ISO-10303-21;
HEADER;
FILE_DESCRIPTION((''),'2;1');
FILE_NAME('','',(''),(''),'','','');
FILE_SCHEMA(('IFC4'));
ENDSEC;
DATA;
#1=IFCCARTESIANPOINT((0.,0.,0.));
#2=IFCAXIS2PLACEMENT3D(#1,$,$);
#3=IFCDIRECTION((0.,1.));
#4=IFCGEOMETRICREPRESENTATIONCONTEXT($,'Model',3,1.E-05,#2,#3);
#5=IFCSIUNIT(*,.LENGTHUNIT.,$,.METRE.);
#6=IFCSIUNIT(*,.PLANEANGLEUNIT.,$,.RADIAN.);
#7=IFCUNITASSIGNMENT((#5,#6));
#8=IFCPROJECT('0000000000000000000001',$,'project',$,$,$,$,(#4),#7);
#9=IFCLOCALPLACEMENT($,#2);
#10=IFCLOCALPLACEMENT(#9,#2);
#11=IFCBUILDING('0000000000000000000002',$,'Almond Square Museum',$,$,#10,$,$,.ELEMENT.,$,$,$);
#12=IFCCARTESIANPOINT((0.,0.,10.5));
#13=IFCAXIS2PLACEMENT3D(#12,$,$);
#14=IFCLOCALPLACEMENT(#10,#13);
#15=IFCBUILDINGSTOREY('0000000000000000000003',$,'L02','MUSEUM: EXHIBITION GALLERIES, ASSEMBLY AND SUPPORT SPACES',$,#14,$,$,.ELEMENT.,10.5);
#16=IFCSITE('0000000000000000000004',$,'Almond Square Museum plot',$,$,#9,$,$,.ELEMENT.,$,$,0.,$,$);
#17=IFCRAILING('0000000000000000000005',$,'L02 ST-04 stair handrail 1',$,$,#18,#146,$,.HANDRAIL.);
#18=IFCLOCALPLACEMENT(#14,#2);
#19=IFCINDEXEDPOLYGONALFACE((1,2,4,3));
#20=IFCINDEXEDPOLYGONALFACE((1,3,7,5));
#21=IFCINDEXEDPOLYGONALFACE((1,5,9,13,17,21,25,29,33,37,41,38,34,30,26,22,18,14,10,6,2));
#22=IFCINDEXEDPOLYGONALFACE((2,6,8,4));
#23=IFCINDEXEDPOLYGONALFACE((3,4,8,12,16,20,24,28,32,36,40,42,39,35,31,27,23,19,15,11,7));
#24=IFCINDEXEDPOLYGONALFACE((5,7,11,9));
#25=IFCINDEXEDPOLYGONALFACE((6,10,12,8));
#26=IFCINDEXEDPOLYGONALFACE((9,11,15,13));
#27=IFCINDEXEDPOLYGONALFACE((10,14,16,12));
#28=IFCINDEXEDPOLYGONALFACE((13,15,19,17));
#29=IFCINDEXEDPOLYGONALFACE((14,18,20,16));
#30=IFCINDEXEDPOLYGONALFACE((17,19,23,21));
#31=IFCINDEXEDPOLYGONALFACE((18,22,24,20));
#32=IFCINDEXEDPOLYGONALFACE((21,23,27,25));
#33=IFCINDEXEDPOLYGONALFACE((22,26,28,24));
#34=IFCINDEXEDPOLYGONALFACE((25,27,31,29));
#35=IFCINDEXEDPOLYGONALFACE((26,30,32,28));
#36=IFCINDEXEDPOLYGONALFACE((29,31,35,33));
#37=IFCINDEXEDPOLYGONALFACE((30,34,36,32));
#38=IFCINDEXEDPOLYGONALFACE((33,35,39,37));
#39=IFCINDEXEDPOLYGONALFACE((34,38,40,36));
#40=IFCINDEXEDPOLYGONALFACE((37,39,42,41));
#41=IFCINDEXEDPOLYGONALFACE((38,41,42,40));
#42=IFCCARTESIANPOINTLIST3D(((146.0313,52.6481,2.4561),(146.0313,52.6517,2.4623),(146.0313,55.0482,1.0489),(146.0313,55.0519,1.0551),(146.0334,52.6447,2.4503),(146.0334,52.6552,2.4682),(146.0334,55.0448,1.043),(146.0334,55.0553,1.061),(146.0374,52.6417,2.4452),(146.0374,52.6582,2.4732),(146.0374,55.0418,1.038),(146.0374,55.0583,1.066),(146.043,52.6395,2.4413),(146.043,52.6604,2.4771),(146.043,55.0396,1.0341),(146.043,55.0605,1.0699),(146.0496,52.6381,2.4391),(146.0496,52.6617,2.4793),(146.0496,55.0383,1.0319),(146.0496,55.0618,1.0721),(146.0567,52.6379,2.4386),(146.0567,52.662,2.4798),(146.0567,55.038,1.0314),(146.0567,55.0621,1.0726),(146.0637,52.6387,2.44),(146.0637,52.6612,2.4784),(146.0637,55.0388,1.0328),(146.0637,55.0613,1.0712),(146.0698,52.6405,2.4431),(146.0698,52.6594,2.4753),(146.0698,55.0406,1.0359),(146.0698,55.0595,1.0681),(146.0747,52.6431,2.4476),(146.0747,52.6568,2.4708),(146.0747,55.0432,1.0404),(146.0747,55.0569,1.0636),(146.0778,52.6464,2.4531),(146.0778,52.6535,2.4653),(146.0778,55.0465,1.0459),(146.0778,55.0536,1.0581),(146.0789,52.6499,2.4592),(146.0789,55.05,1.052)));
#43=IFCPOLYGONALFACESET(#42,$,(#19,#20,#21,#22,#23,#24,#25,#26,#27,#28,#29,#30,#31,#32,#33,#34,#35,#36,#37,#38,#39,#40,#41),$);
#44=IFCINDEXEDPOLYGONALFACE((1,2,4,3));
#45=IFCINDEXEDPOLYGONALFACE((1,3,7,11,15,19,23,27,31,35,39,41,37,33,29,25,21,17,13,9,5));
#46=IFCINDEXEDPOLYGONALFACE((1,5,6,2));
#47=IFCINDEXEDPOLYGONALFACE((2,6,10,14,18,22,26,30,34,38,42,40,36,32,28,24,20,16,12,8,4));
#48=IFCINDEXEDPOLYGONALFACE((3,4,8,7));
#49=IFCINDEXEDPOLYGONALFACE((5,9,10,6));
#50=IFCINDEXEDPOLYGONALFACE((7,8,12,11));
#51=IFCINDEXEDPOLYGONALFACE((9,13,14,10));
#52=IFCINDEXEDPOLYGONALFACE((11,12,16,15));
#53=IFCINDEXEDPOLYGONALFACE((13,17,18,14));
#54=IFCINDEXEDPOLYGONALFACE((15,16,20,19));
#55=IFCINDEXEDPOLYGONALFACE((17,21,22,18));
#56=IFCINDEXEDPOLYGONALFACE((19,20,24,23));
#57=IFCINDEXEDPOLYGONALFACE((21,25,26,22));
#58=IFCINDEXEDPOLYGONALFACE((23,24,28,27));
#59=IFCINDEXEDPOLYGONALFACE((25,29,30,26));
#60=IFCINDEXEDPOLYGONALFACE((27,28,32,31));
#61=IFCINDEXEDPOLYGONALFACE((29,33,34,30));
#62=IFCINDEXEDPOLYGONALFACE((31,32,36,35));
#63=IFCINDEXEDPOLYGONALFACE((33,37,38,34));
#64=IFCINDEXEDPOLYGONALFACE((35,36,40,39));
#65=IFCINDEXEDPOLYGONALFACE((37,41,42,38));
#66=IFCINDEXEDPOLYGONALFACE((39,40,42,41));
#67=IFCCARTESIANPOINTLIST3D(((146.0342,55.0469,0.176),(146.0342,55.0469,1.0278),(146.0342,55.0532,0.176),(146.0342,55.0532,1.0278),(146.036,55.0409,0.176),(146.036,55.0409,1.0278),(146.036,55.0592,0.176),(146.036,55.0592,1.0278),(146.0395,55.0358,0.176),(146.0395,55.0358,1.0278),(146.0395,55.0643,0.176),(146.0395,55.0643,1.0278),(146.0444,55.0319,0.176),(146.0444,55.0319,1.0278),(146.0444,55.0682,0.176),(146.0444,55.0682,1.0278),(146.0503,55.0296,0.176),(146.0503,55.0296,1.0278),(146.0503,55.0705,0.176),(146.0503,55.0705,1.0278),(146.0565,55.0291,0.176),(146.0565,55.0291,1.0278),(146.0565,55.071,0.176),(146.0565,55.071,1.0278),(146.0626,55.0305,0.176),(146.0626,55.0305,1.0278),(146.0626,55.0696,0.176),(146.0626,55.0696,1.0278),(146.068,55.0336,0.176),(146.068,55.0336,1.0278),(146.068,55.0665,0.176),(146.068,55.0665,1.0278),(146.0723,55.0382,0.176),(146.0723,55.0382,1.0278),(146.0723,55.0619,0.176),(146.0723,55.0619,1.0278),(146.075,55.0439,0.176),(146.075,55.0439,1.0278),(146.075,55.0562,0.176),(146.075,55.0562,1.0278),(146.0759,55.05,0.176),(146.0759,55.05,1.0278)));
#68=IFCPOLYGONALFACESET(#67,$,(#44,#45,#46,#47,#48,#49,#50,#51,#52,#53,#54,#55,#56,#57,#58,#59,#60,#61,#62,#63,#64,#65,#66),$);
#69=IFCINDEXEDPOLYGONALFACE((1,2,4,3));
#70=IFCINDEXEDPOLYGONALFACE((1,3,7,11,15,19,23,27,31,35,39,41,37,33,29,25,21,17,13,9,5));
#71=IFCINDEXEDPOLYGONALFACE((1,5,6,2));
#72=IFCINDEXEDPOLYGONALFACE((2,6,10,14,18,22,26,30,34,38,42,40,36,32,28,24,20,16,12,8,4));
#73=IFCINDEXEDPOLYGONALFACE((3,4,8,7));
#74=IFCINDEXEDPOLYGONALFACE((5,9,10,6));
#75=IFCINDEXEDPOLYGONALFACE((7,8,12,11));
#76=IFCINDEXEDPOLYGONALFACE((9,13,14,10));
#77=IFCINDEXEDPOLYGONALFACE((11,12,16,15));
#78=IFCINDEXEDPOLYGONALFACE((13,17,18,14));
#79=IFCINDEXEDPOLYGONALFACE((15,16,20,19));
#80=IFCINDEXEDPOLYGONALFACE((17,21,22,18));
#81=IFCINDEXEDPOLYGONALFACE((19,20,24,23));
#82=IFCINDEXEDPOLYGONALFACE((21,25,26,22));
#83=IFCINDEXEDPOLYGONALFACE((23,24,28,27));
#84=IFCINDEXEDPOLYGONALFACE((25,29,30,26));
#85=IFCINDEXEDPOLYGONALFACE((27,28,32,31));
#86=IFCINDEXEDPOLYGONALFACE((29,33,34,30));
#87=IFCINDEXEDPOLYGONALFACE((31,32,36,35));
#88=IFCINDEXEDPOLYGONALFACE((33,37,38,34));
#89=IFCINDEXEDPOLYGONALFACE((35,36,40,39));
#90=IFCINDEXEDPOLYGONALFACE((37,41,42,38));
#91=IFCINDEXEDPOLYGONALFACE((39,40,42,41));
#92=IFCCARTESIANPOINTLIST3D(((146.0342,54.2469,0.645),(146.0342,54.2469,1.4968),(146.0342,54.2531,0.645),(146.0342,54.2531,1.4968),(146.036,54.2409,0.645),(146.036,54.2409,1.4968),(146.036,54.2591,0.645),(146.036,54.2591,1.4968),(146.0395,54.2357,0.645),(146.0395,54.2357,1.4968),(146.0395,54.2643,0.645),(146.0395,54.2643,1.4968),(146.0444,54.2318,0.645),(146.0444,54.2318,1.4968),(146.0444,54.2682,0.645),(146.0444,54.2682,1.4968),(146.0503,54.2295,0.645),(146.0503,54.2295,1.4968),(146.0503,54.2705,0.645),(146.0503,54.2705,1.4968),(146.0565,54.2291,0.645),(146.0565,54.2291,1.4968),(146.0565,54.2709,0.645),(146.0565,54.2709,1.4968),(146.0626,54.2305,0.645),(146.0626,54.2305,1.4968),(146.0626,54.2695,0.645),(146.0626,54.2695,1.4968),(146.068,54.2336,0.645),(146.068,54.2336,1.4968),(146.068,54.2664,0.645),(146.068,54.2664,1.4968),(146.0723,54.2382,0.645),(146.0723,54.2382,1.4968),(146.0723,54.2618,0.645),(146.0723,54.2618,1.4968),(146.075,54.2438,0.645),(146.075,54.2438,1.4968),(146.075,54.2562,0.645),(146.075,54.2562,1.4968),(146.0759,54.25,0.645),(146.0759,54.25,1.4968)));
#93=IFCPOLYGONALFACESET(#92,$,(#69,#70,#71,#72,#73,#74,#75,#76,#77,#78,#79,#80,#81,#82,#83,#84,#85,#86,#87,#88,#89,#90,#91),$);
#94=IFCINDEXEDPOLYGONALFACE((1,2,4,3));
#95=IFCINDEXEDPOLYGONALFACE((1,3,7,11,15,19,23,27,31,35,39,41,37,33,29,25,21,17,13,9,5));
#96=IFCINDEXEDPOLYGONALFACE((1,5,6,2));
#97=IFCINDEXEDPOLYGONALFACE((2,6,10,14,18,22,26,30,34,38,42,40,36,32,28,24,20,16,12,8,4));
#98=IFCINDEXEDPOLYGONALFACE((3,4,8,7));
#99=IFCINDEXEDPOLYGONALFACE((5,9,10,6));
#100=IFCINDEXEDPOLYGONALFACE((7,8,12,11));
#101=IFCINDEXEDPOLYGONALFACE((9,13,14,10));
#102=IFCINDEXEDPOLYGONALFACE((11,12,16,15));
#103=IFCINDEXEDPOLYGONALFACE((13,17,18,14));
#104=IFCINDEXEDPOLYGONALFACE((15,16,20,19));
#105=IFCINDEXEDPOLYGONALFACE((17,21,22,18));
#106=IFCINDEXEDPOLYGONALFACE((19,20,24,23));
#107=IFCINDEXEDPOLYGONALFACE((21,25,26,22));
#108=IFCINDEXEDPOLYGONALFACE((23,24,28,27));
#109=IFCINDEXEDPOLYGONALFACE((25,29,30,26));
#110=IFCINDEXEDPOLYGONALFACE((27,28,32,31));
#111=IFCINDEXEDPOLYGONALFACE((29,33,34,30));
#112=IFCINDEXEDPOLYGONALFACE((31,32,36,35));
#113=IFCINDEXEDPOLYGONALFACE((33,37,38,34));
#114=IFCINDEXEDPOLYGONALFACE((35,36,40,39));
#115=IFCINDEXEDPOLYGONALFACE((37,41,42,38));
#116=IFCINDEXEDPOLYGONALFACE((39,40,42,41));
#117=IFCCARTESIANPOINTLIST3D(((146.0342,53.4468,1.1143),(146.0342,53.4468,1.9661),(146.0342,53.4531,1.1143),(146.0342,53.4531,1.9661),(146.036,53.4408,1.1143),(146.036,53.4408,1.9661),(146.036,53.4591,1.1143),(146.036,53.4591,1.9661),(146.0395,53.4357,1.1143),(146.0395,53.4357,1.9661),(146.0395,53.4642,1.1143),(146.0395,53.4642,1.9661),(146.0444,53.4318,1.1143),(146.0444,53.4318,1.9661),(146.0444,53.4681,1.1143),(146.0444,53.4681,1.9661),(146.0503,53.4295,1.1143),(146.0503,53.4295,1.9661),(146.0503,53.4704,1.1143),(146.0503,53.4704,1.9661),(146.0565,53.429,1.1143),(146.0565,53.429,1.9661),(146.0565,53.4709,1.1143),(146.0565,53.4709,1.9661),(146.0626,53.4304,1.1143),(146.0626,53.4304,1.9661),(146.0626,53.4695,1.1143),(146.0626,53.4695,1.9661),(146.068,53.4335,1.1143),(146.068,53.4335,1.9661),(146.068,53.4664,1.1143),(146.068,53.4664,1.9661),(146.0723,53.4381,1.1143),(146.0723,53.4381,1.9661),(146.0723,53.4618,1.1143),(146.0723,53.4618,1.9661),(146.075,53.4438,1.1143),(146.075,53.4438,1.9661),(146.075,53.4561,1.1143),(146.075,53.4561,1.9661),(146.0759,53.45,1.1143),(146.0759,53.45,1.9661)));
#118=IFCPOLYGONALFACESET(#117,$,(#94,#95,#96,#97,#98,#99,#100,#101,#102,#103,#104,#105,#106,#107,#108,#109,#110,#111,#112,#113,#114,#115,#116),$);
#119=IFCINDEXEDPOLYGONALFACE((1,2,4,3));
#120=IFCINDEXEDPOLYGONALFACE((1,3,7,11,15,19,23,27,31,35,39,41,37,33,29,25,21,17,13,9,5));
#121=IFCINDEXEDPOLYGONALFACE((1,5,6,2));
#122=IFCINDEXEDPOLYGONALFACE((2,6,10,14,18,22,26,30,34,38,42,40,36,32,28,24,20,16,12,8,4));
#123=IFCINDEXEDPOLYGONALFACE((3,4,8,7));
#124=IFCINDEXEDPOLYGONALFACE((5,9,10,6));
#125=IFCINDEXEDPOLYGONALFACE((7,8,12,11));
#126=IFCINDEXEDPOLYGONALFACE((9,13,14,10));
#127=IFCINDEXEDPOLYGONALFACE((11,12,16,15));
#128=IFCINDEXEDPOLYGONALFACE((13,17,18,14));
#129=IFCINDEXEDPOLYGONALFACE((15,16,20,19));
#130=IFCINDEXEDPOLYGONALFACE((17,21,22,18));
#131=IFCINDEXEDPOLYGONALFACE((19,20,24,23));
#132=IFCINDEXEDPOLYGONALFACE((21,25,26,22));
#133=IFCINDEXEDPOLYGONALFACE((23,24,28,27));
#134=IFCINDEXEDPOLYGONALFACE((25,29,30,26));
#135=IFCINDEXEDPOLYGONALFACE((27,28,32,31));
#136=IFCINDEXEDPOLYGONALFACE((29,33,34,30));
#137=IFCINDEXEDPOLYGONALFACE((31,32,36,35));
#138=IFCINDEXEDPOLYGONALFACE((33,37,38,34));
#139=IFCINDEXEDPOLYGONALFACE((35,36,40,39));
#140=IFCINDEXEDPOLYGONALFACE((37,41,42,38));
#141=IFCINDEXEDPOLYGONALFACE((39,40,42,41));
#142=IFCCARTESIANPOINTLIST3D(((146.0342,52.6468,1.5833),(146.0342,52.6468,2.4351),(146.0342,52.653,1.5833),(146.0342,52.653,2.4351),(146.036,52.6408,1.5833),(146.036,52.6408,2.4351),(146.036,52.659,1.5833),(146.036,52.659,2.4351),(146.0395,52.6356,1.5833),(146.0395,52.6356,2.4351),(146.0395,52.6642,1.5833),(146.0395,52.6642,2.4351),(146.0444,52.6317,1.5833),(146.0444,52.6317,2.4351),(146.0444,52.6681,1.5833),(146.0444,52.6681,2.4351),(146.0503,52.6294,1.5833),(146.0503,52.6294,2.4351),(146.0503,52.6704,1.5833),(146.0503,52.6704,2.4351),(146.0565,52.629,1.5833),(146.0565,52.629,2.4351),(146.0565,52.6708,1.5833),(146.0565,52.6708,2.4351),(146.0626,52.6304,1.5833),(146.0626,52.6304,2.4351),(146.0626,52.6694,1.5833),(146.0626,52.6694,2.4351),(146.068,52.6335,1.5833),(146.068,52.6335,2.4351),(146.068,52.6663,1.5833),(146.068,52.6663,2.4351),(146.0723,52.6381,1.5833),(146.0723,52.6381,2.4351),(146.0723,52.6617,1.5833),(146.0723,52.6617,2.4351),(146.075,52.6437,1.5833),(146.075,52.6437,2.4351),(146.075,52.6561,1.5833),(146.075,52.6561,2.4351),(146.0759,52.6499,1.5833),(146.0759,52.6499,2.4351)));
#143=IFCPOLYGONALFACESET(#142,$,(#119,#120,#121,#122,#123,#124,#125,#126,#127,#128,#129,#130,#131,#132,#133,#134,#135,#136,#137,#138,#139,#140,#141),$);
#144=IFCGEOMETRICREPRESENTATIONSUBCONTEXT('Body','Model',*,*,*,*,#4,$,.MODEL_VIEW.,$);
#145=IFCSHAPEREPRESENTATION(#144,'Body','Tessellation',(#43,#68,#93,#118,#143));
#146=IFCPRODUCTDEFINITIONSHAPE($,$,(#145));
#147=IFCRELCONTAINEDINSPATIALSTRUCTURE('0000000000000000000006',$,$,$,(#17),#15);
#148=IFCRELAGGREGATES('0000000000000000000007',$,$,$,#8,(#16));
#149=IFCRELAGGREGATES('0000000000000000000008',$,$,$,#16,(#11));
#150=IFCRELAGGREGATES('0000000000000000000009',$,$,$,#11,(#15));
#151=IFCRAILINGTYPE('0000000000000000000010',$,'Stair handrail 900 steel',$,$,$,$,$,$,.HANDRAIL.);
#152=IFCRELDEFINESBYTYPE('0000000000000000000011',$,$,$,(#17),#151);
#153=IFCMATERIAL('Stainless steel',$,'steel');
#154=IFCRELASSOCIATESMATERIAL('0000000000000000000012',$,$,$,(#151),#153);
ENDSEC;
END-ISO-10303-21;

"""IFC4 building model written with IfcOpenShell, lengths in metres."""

from ifc_helpers import new_model, si_unit, direction, frame, origin, origin_2d, place, context, subcontext, project, spatial, circle, extrude, material, type_object, element, save


model = new_model("IFC4")

# Units and contexts
model_context = context("Model", 3, precision=1e-05, world=origin(), true_north=direction((0.0, 1.0)))
body_context = subcontext(model_context, "Body", "Model", "MODEL_VIEW")
ifc_project = project(units=[si_unit("LENGTHUNIT", "METRE"), si_unit("PLANEANGLEUNIT", "RADIAN")], contexts=[model_context])

# Site, building, storey
site_placement = place(None, origin())
site = spatial("IfcSite", under=ifc_project, at=site_placement, Name="Almond Square Museum plot", CompositionType="ELEMENT", RefElevation=0.0)
building_placement = place(site_placement, origin())
building = spatial("IfcBuilding", under=site, at=building_placement, Name="Almond Square Museum", CompositionType="ELEMENT")
storey_placement = place(building_placement, frame((0.0, 0.0, 10.5)))
storey = spatial("IfcBuildingStorey", under=building, at=storey_placement, Name="L02", Description="MUSEUM: EXHIBITION GALLERIES, ASSEMBLY AND SUPPORT SPACES", CompositionType="ELEMENT", Elevation=10.5)

# Railing
ifc_material_1 = material(Name="Stainless steel", Category="steel")
railing_type_1 = type_object("IfcRailingType", Name="Stair handrail 900 steel", PredefinedType="HANDRAIL", material=ifc_material_1)
railing_1_placement = place(storey_placement, frame((146.0549, 55.05, 0.176)))
element("IfcRailing", 1, at=railing_1_placement, inside=storey, type_object=railing_type_1, Name="L02 ST-04 stair handrail 1", PredefinedType="HANDRAIL", context=body_context, shape_type="SweptSolid", body=[
    extrude(circle(Radius=0.0239, at=origin_2d()), frame((0.0, 0.0, 0.876), z_axis=(0.0, -0.86266, 0.505785), x_axis=(1.0, 0.0, 0.0)), (0.0, 0.0, 1.0), 2.7822),
    extrude(circle(Radius=0.021, at=origin_2d()), origin(), (0.0, 0.0, 1.0), 0.8518),
    extrude(circle(Radius=0.021, at=origin_2d()), frame((0.0, -0.8, 0.469)), (0.0, 0.0, 1.0), 0.8518),
    extrude(circle(Radius=0.021, at=origin_2d()), frame((0.0, -1.6001, 0.9382)), (0.0, 0.0, 1.0), 0.8518),
    extrude(circle(Radius=0.021, at=origin_2d()), frame((0.0, -2.4001, 1.4072)), (0.0, 0.0, 1.0), 0.8518),
])

save(model, "model.ifc")
